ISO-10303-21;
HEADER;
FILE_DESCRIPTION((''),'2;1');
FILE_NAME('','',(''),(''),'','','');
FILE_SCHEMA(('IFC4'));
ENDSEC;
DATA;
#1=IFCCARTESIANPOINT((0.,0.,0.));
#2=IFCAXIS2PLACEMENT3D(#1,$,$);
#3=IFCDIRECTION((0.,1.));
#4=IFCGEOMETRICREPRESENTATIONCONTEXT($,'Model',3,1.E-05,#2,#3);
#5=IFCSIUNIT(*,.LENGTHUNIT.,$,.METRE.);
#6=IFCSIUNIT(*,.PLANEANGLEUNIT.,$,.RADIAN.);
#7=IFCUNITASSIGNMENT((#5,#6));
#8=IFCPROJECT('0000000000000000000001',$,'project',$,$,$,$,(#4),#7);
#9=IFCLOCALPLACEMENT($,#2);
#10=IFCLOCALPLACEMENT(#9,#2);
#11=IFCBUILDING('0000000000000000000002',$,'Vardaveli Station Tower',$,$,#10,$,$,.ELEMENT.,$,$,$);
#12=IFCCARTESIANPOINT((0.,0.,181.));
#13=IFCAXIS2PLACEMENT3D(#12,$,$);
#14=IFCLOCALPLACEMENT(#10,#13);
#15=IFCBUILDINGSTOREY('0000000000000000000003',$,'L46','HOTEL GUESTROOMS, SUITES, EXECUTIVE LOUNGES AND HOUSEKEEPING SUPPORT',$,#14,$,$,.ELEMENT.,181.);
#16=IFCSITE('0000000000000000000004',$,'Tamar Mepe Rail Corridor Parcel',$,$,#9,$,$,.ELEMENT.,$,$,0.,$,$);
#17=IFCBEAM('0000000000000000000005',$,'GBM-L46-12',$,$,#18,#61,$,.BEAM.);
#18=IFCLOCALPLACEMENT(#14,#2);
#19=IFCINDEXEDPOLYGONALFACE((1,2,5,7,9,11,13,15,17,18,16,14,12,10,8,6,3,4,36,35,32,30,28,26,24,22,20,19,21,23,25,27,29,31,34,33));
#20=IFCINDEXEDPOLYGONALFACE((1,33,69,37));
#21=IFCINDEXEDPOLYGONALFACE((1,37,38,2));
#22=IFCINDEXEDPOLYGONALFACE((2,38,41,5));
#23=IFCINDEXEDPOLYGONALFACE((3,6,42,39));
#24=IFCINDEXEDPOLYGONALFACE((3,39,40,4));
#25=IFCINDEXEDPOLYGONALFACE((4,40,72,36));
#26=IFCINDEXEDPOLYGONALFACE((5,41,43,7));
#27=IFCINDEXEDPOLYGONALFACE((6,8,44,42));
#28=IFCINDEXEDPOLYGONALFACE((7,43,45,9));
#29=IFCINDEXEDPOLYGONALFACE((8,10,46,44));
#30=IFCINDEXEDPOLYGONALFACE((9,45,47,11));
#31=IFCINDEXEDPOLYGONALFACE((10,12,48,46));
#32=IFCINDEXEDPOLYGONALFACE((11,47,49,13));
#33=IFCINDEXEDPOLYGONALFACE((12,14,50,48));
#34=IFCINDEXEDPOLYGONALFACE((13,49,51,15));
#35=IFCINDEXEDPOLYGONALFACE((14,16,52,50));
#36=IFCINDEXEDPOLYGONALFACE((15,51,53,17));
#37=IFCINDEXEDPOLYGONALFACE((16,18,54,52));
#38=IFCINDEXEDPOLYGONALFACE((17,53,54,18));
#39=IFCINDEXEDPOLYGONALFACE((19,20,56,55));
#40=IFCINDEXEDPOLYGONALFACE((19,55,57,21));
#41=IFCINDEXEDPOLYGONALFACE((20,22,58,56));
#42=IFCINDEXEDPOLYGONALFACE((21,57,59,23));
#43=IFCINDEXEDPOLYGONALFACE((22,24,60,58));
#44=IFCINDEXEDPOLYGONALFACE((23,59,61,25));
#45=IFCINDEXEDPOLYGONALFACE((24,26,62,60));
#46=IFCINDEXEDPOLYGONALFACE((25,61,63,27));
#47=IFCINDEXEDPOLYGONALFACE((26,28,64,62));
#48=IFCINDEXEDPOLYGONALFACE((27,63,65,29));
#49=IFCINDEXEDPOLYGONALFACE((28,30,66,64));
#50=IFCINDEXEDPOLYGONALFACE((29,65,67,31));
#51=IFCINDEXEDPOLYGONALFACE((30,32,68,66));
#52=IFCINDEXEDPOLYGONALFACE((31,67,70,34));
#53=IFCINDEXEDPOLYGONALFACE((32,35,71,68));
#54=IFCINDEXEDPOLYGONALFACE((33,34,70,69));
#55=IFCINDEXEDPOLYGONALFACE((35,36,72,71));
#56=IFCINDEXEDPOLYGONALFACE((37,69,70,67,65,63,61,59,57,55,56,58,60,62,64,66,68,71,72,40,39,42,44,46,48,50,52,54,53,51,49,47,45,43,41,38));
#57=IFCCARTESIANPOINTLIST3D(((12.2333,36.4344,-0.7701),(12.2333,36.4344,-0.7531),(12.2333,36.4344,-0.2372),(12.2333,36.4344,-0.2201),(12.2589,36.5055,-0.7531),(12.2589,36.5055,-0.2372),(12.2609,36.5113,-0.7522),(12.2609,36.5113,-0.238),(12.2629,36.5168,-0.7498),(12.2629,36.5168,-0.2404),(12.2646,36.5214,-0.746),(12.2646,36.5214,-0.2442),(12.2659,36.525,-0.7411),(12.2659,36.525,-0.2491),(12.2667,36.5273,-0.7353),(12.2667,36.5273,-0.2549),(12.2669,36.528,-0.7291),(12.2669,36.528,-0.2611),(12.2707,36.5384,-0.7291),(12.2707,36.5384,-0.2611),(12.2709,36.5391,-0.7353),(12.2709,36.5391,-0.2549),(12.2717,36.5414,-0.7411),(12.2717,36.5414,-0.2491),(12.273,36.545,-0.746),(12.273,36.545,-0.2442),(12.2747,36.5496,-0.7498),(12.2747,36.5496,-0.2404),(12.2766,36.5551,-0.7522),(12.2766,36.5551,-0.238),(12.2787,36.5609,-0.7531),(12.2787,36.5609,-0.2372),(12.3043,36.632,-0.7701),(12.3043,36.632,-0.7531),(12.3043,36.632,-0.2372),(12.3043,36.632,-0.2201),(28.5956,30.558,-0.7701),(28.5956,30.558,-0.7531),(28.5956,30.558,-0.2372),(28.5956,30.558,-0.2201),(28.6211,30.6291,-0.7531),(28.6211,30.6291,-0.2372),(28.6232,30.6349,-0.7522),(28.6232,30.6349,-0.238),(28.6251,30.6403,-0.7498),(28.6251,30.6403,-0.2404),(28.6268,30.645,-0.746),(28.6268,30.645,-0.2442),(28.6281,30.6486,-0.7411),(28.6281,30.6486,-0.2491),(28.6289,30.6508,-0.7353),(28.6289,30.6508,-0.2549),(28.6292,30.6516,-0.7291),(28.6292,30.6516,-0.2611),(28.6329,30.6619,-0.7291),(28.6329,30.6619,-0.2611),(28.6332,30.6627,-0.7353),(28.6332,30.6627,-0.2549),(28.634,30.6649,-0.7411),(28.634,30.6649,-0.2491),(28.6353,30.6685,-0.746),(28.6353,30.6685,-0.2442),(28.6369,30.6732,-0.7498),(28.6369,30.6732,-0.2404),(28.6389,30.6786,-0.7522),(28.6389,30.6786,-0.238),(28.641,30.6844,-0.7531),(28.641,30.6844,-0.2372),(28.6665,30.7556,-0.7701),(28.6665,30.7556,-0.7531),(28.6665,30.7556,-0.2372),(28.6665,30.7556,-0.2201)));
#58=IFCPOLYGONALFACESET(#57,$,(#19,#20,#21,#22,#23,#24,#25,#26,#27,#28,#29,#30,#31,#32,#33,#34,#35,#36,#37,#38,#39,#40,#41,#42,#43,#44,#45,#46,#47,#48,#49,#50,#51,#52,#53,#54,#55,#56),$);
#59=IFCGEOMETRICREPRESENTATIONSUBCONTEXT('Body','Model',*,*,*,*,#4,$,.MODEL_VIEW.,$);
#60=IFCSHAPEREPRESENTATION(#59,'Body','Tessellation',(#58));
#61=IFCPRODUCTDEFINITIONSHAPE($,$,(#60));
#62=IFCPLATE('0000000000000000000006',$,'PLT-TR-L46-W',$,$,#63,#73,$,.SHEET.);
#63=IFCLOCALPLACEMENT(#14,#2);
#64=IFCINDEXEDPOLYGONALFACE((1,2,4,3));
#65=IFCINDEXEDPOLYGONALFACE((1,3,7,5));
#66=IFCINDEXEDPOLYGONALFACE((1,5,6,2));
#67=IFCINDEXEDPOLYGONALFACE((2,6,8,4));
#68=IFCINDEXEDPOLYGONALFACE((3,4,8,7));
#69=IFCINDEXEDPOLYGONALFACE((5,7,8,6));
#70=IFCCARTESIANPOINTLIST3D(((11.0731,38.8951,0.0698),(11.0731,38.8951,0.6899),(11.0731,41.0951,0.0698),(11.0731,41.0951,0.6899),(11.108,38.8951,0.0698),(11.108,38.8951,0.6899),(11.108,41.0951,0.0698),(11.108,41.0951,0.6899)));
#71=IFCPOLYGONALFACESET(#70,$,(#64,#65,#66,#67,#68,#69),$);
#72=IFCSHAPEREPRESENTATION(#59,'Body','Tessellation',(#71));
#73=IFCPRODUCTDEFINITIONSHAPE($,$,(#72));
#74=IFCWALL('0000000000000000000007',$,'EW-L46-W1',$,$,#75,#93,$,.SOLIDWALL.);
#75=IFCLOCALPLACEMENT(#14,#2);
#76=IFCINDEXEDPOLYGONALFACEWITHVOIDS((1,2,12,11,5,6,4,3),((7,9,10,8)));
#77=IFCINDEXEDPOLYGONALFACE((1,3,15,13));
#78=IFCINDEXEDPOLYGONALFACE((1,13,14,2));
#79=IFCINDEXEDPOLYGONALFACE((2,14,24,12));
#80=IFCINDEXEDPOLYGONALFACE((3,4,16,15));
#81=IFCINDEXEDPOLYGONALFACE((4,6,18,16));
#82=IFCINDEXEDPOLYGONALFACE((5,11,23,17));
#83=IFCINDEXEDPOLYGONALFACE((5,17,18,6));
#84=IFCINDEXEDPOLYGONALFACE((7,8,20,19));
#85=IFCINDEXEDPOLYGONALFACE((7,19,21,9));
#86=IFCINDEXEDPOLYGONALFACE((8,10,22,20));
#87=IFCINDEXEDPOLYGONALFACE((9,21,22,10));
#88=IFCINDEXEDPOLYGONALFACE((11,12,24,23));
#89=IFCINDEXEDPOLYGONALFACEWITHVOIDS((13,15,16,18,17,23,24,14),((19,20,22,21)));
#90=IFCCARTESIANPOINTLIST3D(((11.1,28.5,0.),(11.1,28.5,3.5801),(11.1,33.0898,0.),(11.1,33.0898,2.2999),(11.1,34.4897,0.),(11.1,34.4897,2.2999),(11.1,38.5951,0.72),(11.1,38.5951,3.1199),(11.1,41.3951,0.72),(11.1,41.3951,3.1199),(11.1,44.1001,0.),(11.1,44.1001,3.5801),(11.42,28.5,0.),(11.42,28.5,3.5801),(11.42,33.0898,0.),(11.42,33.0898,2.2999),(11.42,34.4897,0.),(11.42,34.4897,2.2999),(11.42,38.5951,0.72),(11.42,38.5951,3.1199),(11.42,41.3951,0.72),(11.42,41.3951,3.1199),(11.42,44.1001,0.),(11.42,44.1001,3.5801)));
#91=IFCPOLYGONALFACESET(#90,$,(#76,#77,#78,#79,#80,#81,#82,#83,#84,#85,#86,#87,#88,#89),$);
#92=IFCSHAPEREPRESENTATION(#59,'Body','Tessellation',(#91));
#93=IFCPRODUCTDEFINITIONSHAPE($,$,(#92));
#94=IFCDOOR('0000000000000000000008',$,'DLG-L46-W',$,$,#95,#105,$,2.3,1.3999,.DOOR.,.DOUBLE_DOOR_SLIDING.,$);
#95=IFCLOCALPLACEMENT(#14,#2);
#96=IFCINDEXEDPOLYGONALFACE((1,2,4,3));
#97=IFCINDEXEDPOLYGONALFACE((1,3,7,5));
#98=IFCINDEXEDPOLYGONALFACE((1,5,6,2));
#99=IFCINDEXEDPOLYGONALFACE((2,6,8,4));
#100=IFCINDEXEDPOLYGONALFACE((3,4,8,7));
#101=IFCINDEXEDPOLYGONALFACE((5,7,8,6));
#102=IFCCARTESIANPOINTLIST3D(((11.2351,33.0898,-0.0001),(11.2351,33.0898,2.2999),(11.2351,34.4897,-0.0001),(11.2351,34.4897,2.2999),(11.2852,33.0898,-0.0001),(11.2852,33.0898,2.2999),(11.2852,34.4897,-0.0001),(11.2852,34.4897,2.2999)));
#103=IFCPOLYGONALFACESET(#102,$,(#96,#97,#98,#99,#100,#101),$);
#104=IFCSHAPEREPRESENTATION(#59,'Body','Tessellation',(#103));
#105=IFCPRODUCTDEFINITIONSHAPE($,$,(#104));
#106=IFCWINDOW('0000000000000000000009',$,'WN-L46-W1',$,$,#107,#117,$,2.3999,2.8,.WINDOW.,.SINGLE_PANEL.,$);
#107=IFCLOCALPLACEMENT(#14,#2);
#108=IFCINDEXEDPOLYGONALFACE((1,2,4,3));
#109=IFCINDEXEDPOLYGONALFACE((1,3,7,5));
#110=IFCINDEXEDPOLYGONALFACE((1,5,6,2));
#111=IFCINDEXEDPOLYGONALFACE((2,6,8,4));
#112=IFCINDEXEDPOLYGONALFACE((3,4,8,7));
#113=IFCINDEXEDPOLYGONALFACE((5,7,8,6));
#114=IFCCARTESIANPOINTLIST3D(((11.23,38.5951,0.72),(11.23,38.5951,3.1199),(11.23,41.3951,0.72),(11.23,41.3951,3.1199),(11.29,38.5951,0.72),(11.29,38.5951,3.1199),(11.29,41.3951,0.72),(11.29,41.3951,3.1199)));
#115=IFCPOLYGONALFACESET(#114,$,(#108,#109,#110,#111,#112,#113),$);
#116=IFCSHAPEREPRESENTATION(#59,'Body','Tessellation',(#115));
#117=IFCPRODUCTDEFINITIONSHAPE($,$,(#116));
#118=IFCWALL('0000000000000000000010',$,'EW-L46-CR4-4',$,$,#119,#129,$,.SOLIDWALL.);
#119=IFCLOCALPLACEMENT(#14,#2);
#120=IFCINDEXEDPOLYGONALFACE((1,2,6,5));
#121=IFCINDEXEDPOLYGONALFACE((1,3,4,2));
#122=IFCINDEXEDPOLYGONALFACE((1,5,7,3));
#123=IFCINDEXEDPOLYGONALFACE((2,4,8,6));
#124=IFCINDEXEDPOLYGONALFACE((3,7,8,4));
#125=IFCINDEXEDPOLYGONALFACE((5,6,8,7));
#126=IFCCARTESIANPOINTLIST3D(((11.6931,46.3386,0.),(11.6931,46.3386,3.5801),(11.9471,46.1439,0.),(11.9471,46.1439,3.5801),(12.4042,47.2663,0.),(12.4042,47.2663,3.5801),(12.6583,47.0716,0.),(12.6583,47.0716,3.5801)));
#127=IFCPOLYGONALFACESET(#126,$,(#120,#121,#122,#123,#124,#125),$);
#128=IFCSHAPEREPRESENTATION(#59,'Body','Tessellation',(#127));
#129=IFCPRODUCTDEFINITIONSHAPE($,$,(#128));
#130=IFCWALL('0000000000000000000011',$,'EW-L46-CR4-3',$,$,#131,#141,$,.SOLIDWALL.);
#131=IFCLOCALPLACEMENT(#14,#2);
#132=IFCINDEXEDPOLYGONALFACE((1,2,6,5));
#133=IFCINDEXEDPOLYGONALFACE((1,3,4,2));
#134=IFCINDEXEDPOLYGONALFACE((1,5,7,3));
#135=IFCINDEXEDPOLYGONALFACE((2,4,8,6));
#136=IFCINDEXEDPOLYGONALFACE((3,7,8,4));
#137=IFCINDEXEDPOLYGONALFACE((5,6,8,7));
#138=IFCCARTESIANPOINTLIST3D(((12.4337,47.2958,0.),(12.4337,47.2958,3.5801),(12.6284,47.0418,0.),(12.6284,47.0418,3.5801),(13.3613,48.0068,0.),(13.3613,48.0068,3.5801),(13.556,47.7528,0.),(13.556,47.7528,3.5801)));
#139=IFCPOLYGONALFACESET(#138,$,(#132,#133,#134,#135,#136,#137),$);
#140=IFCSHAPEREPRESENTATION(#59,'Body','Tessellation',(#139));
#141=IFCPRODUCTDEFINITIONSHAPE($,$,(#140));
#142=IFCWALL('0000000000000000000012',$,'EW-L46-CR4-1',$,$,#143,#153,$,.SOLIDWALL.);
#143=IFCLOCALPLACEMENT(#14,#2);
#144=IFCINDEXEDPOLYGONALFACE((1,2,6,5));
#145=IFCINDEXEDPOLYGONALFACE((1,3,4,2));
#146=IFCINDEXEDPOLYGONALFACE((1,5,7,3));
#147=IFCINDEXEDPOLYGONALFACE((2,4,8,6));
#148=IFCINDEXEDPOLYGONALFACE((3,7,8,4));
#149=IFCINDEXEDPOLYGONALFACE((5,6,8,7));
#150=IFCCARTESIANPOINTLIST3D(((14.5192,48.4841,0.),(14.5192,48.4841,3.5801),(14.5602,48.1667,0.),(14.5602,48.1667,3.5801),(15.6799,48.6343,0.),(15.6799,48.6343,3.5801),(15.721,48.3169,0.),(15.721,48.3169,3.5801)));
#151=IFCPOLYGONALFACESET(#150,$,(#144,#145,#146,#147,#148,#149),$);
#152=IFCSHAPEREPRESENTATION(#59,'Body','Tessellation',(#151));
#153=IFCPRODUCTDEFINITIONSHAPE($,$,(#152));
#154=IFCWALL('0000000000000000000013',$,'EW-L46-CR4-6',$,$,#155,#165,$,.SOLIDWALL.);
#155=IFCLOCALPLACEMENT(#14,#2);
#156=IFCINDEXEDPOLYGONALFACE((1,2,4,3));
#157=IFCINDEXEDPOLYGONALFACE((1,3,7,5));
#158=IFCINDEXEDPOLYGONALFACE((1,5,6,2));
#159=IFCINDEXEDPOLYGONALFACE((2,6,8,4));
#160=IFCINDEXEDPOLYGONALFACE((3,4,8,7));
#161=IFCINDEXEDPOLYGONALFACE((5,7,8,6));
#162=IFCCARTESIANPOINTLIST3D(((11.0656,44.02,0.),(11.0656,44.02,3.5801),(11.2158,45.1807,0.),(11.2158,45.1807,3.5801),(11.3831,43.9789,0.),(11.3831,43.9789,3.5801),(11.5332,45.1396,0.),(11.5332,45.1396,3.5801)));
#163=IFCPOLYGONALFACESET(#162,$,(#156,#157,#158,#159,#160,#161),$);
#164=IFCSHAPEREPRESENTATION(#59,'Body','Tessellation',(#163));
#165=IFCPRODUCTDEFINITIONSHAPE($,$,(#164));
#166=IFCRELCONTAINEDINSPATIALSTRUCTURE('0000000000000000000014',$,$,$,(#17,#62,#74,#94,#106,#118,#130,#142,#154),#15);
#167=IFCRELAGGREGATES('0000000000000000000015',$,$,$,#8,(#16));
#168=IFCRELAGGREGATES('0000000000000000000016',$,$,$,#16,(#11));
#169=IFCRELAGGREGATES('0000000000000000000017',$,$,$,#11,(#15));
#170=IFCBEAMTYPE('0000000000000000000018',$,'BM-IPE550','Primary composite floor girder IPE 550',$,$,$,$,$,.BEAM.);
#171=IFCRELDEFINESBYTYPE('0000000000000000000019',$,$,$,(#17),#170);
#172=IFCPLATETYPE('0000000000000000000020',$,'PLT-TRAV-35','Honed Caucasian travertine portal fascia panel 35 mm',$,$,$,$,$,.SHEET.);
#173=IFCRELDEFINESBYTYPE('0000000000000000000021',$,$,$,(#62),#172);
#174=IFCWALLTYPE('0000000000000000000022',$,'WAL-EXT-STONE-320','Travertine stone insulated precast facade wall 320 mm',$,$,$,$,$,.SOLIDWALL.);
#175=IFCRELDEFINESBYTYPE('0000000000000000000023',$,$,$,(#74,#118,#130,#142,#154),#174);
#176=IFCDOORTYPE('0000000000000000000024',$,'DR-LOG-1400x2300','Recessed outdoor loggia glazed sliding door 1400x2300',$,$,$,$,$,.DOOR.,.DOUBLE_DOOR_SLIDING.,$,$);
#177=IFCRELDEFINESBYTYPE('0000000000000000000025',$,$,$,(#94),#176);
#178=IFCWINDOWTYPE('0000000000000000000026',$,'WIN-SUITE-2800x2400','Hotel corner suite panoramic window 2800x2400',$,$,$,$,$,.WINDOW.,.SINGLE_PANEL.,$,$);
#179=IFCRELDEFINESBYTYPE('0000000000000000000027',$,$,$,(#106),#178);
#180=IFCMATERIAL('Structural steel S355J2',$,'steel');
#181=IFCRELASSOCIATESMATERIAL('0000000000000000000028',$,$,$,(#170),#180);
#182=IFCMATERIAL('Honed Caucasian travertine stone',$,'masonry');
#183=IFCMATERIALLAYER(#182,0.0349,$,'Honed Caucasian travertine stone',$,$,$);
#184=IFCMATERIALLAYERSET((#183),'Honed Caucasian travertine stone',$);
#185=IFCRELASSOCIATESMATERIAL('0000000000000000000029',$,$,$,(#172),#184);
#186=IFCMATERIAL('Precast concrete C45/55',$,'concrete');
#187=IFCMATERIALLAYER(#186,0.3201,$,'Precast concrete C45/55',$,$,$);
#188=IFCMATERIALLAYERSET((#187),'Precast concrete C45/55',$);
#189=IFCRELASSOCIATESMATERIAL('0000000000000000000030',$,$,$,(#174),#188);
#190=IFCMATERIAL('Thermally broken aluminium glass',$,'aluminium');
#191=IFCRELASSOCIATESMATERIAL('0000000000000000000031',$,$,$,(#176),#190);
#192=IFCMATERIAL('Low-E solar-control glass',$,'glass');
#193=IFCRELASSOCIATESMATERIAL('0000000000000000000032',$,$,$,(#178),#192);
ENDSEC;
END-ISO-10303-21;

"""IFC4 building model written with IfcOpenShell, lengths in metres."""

from ifc_helpers import new_model, si_unit, direction, frame, frame_2d, origin, origin_2d, place, context, subcontext, project, spatial, rectangle, i_section, extrude, source, transform, mapped, material, layer, layer_set, material_profile, profile_set, type_object, element, fill, save


model = new_model("IFC4")

# Units and contexts
model_context = context("Model", 3, precision=1e-05, world=origin(), true_north=direction((0.0, 1.0)))
body_context = subcontext(model_context, "Body", "Model", "MODEL_VIEW")
ifc_project = project(units=[si_unit("LENGTHUNIT", "METRE"), si_unit("PLANEANGLEUNIT", "RADIAN")], contexts=[model_context])

# Site, building, storey
site_placement = place(None, origin())
site = spatial("IfcSite", under=ifc_project, at=site_placement, Name="Tamar Mepe Rail Corridor Parcel", CompositionType="ELEMENT", RefElevation=0.0)
building_placement = place(site_placement, origin())
building = spatial("IfcBuilding", under=site, at=building_placement, Name="Vardaveli Station Tower", CompositionType="ELEMENT")
storey_placement = place(building_placement, frame((0.0, 0.0, 181.0)))
storey = spatial("IfcBuildingStorey", under=building, at=storey_placement, Name="L46", Description="HOTEL GUESTROOMS, SUITES, EXECUTIVE LOUNGES AND HOUSEKEEPING SUPPORT", CompositionType="ELEMENT", Elevation=181.0)

# Beam
ifc_material_1 = material(Name="Precast concrete C45/55", Category="concrete")
ifc_material_2 = material(Name="Structural steel S355J2", Category="steel")
ifc_material_profile_1 = material_profile(ifc_material_2, i_section(OverallWidth=0.21, OverallDepth=0.55, WebThickness=0.011, FlangeThickness=0.0171, FilletRadius=0.0239, at=origin_2d()), Name="IPE 550")
ifc_profile_set_1 = profile_set([ifc_material_profile_1], Name="Structural steel S355J2")
beam_type_1 = type_object("IfcBeamType", Name="BM-IPE550", Description="Primary composite floor girder IPE 550", PredefinedType="BEAM", material=ifc_profile_set_1)
shared_shape_1 = source(origin(), body_context, "Body", "SweptSolid", [
    extrude(i_section(OverallWidth=0.21, OverallDepth=0.55, WebThickness=0.011, FlangeThickness=0.0171, FilletRadius=0.0239, at=origin_2d()), origin(), (0.0, 0.0, 1.0), 17.3855),
])
beam_1_placement = place(storey_placement, frame((12.2688, 36.5332, -0.4951), z_axis=(0.941143, -0.338008, 0.0), x_axis=(0.338008, 0.941143, 0.0)))
element("IfcBeam", 1, at=beam_1_placement, inside=storey, type_object=beam_type_1, Name="GBM-L46-12", PredefinedType="BEAM", context=body_context, shape_type="MappedRepresentation", body=[
    mapped(shared_shape_1, transform((0.0, 0.0, 0.0), scale=1.0)),
])

# Plate
ifc_material_3 = material(Name="Honed Caucasian travertine stone", Category="masonry")
ifc_layer_1 = layer(ifc_material_3, 0.0349, Name="Honed Caucasian travertine stone")
ifc_layer_set_1 = layer_set([ifc_layer_1], Name="Honed Caucasian travertine stone")
plate_type = type_object("IfcPlateType", Name="PLT-TRAV-35", Description="Honed Caucasian travertine portal fascia panel 35 mm", PredefinedType="SHEET", material=ifc_layer_set_1)
shared_shape_2 = source(origin(), body_context, "Body", "SweptSolid", [
    extrude(rectangle(XDim=2.2, YDim=0.0349, at=origin_2d()), origin(), (0.0, 0.0, 1.0), 0.6201),
])
plate_placement = place(storey_placement, frame((11.0906, 39.9951, 0.0698), z_axis=(0.0, 0.0, 1.0), x_axis=(0.0, 1.0, 0.0)))
element("IfcPlate", 2, at=plate_placement, inside=storey, type_object=plate_type, Name="PLT-TR-L46-W", PredefinedType="SHEET", context=body_context, shape_type="MappedRepresentation", body=[
    mapped(shared_shape_2, transform((0.0, 0.0, 0.0), scale=1.0)),
])

# Wall, openings, door, window
ifc_layer_2 = layer(ifc_material_1, 0.3201, Name="Precast concrete C45/55")
ifc_layer_set_2 = layer_set([ifc_layer_2], Name="Precast concrete C45/55")
wall_type_1 = type_object("IfcWallType", Name="WAL-EXT-STONE-320", Description="Travertine stone insulated precast facade wall 320 mm", PredefinedType="SOLIDWALL", material=ifc_layer_set_2)
shared_shape_3 = source(origin(), body_context, "Body", "SweptSolid", [
    extrude(rectangle(XDim=15.6001, YDim=0.3201, at=frame_2d((7.8, 0.0))), origin(), (0.0, 0.0, 1.0), 3.5801),
])
wall_1_placement = place(storey_placement, frame((11.26, 44.1001, 0.0), z_axis=(0.0, 0.0, 1.0), x_axis=(0.0, -1.0, 0.0)))
wall_1 = element("IfcWall", 3, at=wall_1_placement, inside=storey, type_object=wall_type_1, Name="EW-L46-W1", PredefinedType="SOLIDWALL", context=body_context, shape_type="MappedRepresentation", body=[
    mapped(shared_shape_3, transform((0.0, 0.0, 0.0), scale=1.0)),
])
shared_shape_4 = source(origin(), body_context, "Body", "SweptSolid", [
    extrude(rectangle(XDim=1.3999, YDim=2.3, at=frame_2d((0.7, 1.1499))), frame((0.0, 0.1699, 0.0), z_axis=(0.0, -1.0, 0.0), x_axis=(1.0, 0.0, 0.0)), (0.0, 0.0, 1.0), 0.3401),
])
opening_1_placement = place(wall_1_placement, frame((9.6104, 0.0, 0.0)))
opening_1 = element("IfcOpeningElement", 4, at=opening_1_placement, cuts=wall_1, PredefinedType="OPENING", context=body_context, shape_type="MappedRepresentation", body=[
    mapped(shared_shape_4, transform((0.0, 0.0, 0.0), scale=1.0)),
])
shared_shape_5 = source(origin(), body_context, "Body", "SweptSolid", [
    extrude(rectangle(XDim=2.8, YDim=2.3999, at=frame_2d((1.3999, 1.2))), frame((0.0, 0.1699, 0.0), z_axis=(0.0, -1.0, 0.0), x_axis=(1.0, 0.0, 0.0)), (0.0, 0.0, 1.0), 0.3401),
])
opening_2_placement = place(wall_1_placement, frame((2.7051, 0.0, 0.72)))
opening_2 = element("IfcOpeningElement", 5, at=opening_2_placement, cuts=wall_1, PredefinedType="OPENING", context=body_context, shape_type="MappedRepresentation", body=[
    mapped(shared_shape_5, transform((0.0, 0.0, 0.0), scale=1.0)),
])
ifc_material_4 = material(Name="Thermally broken aluminium glass", Category="aluminium")
door_type_1 = type_object("IfcDoorType", Name="DR-LOG-1400x2300", Description="Recessed outdoor loggia glazed sliding door 1400x2300", OperationType="DOUBLE_DOOR_SLIDING", PredefinedType="DOOR", material=ifc_material_4)
shared_shape_6 = source(origin(), body_context, "Body", "SweptSolid", [
    extrude(rectangle(XDim=1.3999, YDim=2.3, at=frame_2d((0.7, 1.1499))), frame((0.0, 0.0249, 0.0), z_axis=(0.0, -1.0, 0.0), x_axis=(1.0, 0.0, 0.0)), (0.0, 0.0, 1.0), 0.05),
])
door_1_placement = place(opening_1_placement, frame((1.3999, 0.0, 0.0), z_axis=(0.0, 0.0, 1.0), x_axis=(-1.0, 0.0, 0.0)))
door_1 = element("IfcDoor", 6, at=door_1_placement, inside=storey, type_object=door_type_1, Name="DLG-L46-W", OperationType="DOUBLE_DOOR_SLIDING", OverallHeight=2.3, OverallWidth=1.3999, PredefinedType="DOOR", context=body_context, shape_type="MappedRepresentation", body=[
    mapped(shared_shape_6, transform((0.0, 0.0, 0.0), scale=1.0)),
])
fill(opening_1, door_1)
ifc_material_5 = material(Name="Low-E solar-control glass", Category="glass")
window_type = type_object("IfcWindowType", Name="WIN-SUITE-2800x2400", Description="Hotel corner suite panoramic window 2800x2400", PartitioningType="SINGLE_PANEL", PredefinedType="WINDOW", material=ifc_material_5)
shared_shape_7 = source(origin(), body_context, "Body", "SweptSolid", [
    extrude(rectangle(XDim=2.8, YDim=2.3999, at=frame_2d((1.3999, 1.2))), frame((0.0, 0.03, 0.0), z_axis=(0.0, -1.0, 0.0), x_axis=(1.0, 0.0, 0.0)), (0.0, 0.0, 1.0), 0.0601),
])
window_placement = place(opening_2_placement, origin())
window = element("IfcWindow", 7, at=window_placement, inside=storey, type_object=window_type, Name="WN-L46-W1", OverallHeight=2.3999, OverallWidth=2.8, PartitioningType="SINGLE_PANEL", PredefinedType="WINDOW", context=body_context, shape_type="MappedRepresentation", body=[
    mapped(shared_shape_7, transform((0.0, 0.0, 0.0), scale=1.0)),
])
fill(opening_2, window)

# Walls
shared_shape_8 = source(origin(), body_context, "Body", "SweptSolid", [
    extrude(rectangle(XDim=1.1689, YDim=0.3201, at=frame_2d((0.5845, 0.0))), origin(), (0.0, 0.0, 1.0), 3.5801),
])
wall_2_placement = place(storey_placement, frame((12.5312, 47.1689, 0.0), z_axis=(0.0, 0.0, 1.0), x_axis=(-0.608388, -0.79364, 0.0)))
element("IfcWall", 8, at=wall_2_placement, inside=storey, type_object=wall_type_1, Name="EW-L46-CR4-4", PredefinedType="SOLIDWALL", context=body_context, shape_type="MappedRepresentation", body=[
    mapped(shared_shape_8, transform((0.0, 0.0, 0.0), scale=1.0)),
])
shared_shape_9 = source(origin(), body_context, "Body", "SweptSolid", [
    extrude(rectangle(XDim=1.1687, YDim=0.3201, at=frame_2d((0.5845, 0.0))), origin(), (0.0, 0.0, 1.0), 3.5801),
])
wall_3_placement = place(storey_placement, frame((13.4587, 47.8799, 0.0), z_axis=(0.0, 0.0, 1.0), x_axis=(-0.793664, -0.608357, 0.0)))
element("IfcWall", 9, at=wall_3_placement, inside=storey, type_object=wall_type_1, Name="EW-L46-CR4-3", PredefinedType="SOLIDWALL", context=body_context, shape_type="MappedRepresentation", body=[
    mapped(shared_shape_9, transform((0.0, 0.0, 0.0), scale=1.0)),
])
shared_shape_10 = source(origin(), body_context, "Body", "SweptSolid", [
    extrude(rectangle(XDim=1.1704, YDim=0.3201, at=frame_2d((0.5852, 0.0))), origin(), (0.0, 0.0, 1.0), 3.5801),
])
for number, where, z_axis, x_axis, name in (
    (10, (15.7004, 48.4756, 0.0), (0.0, 0.0, 1.0), (-0.991736, -0.128296, 0.0), "EW-L46-CR4-1"),
    (11, (11.3745, 45.1602, 0.0), (0.0, 0.0, 1.0), (-0.128296, -0.991736, 0.0), "EW-L46-CR4-6"),
):
    element("IfcWall", number, at=place(storey_placement, frame(where, z_axis=z_axis, x_axis=x_axis)), inside=storey, type_object=wall_type_1, Name=name, PredefinedType="SOLIDWALL", context=body_context, shape_type="MappedRepresentation", body=[
        mapped(shared_shape_10, transform((0.0, 0.0, 0.0), scale=1.0)),
    ])

save(model, "model.ifc")
